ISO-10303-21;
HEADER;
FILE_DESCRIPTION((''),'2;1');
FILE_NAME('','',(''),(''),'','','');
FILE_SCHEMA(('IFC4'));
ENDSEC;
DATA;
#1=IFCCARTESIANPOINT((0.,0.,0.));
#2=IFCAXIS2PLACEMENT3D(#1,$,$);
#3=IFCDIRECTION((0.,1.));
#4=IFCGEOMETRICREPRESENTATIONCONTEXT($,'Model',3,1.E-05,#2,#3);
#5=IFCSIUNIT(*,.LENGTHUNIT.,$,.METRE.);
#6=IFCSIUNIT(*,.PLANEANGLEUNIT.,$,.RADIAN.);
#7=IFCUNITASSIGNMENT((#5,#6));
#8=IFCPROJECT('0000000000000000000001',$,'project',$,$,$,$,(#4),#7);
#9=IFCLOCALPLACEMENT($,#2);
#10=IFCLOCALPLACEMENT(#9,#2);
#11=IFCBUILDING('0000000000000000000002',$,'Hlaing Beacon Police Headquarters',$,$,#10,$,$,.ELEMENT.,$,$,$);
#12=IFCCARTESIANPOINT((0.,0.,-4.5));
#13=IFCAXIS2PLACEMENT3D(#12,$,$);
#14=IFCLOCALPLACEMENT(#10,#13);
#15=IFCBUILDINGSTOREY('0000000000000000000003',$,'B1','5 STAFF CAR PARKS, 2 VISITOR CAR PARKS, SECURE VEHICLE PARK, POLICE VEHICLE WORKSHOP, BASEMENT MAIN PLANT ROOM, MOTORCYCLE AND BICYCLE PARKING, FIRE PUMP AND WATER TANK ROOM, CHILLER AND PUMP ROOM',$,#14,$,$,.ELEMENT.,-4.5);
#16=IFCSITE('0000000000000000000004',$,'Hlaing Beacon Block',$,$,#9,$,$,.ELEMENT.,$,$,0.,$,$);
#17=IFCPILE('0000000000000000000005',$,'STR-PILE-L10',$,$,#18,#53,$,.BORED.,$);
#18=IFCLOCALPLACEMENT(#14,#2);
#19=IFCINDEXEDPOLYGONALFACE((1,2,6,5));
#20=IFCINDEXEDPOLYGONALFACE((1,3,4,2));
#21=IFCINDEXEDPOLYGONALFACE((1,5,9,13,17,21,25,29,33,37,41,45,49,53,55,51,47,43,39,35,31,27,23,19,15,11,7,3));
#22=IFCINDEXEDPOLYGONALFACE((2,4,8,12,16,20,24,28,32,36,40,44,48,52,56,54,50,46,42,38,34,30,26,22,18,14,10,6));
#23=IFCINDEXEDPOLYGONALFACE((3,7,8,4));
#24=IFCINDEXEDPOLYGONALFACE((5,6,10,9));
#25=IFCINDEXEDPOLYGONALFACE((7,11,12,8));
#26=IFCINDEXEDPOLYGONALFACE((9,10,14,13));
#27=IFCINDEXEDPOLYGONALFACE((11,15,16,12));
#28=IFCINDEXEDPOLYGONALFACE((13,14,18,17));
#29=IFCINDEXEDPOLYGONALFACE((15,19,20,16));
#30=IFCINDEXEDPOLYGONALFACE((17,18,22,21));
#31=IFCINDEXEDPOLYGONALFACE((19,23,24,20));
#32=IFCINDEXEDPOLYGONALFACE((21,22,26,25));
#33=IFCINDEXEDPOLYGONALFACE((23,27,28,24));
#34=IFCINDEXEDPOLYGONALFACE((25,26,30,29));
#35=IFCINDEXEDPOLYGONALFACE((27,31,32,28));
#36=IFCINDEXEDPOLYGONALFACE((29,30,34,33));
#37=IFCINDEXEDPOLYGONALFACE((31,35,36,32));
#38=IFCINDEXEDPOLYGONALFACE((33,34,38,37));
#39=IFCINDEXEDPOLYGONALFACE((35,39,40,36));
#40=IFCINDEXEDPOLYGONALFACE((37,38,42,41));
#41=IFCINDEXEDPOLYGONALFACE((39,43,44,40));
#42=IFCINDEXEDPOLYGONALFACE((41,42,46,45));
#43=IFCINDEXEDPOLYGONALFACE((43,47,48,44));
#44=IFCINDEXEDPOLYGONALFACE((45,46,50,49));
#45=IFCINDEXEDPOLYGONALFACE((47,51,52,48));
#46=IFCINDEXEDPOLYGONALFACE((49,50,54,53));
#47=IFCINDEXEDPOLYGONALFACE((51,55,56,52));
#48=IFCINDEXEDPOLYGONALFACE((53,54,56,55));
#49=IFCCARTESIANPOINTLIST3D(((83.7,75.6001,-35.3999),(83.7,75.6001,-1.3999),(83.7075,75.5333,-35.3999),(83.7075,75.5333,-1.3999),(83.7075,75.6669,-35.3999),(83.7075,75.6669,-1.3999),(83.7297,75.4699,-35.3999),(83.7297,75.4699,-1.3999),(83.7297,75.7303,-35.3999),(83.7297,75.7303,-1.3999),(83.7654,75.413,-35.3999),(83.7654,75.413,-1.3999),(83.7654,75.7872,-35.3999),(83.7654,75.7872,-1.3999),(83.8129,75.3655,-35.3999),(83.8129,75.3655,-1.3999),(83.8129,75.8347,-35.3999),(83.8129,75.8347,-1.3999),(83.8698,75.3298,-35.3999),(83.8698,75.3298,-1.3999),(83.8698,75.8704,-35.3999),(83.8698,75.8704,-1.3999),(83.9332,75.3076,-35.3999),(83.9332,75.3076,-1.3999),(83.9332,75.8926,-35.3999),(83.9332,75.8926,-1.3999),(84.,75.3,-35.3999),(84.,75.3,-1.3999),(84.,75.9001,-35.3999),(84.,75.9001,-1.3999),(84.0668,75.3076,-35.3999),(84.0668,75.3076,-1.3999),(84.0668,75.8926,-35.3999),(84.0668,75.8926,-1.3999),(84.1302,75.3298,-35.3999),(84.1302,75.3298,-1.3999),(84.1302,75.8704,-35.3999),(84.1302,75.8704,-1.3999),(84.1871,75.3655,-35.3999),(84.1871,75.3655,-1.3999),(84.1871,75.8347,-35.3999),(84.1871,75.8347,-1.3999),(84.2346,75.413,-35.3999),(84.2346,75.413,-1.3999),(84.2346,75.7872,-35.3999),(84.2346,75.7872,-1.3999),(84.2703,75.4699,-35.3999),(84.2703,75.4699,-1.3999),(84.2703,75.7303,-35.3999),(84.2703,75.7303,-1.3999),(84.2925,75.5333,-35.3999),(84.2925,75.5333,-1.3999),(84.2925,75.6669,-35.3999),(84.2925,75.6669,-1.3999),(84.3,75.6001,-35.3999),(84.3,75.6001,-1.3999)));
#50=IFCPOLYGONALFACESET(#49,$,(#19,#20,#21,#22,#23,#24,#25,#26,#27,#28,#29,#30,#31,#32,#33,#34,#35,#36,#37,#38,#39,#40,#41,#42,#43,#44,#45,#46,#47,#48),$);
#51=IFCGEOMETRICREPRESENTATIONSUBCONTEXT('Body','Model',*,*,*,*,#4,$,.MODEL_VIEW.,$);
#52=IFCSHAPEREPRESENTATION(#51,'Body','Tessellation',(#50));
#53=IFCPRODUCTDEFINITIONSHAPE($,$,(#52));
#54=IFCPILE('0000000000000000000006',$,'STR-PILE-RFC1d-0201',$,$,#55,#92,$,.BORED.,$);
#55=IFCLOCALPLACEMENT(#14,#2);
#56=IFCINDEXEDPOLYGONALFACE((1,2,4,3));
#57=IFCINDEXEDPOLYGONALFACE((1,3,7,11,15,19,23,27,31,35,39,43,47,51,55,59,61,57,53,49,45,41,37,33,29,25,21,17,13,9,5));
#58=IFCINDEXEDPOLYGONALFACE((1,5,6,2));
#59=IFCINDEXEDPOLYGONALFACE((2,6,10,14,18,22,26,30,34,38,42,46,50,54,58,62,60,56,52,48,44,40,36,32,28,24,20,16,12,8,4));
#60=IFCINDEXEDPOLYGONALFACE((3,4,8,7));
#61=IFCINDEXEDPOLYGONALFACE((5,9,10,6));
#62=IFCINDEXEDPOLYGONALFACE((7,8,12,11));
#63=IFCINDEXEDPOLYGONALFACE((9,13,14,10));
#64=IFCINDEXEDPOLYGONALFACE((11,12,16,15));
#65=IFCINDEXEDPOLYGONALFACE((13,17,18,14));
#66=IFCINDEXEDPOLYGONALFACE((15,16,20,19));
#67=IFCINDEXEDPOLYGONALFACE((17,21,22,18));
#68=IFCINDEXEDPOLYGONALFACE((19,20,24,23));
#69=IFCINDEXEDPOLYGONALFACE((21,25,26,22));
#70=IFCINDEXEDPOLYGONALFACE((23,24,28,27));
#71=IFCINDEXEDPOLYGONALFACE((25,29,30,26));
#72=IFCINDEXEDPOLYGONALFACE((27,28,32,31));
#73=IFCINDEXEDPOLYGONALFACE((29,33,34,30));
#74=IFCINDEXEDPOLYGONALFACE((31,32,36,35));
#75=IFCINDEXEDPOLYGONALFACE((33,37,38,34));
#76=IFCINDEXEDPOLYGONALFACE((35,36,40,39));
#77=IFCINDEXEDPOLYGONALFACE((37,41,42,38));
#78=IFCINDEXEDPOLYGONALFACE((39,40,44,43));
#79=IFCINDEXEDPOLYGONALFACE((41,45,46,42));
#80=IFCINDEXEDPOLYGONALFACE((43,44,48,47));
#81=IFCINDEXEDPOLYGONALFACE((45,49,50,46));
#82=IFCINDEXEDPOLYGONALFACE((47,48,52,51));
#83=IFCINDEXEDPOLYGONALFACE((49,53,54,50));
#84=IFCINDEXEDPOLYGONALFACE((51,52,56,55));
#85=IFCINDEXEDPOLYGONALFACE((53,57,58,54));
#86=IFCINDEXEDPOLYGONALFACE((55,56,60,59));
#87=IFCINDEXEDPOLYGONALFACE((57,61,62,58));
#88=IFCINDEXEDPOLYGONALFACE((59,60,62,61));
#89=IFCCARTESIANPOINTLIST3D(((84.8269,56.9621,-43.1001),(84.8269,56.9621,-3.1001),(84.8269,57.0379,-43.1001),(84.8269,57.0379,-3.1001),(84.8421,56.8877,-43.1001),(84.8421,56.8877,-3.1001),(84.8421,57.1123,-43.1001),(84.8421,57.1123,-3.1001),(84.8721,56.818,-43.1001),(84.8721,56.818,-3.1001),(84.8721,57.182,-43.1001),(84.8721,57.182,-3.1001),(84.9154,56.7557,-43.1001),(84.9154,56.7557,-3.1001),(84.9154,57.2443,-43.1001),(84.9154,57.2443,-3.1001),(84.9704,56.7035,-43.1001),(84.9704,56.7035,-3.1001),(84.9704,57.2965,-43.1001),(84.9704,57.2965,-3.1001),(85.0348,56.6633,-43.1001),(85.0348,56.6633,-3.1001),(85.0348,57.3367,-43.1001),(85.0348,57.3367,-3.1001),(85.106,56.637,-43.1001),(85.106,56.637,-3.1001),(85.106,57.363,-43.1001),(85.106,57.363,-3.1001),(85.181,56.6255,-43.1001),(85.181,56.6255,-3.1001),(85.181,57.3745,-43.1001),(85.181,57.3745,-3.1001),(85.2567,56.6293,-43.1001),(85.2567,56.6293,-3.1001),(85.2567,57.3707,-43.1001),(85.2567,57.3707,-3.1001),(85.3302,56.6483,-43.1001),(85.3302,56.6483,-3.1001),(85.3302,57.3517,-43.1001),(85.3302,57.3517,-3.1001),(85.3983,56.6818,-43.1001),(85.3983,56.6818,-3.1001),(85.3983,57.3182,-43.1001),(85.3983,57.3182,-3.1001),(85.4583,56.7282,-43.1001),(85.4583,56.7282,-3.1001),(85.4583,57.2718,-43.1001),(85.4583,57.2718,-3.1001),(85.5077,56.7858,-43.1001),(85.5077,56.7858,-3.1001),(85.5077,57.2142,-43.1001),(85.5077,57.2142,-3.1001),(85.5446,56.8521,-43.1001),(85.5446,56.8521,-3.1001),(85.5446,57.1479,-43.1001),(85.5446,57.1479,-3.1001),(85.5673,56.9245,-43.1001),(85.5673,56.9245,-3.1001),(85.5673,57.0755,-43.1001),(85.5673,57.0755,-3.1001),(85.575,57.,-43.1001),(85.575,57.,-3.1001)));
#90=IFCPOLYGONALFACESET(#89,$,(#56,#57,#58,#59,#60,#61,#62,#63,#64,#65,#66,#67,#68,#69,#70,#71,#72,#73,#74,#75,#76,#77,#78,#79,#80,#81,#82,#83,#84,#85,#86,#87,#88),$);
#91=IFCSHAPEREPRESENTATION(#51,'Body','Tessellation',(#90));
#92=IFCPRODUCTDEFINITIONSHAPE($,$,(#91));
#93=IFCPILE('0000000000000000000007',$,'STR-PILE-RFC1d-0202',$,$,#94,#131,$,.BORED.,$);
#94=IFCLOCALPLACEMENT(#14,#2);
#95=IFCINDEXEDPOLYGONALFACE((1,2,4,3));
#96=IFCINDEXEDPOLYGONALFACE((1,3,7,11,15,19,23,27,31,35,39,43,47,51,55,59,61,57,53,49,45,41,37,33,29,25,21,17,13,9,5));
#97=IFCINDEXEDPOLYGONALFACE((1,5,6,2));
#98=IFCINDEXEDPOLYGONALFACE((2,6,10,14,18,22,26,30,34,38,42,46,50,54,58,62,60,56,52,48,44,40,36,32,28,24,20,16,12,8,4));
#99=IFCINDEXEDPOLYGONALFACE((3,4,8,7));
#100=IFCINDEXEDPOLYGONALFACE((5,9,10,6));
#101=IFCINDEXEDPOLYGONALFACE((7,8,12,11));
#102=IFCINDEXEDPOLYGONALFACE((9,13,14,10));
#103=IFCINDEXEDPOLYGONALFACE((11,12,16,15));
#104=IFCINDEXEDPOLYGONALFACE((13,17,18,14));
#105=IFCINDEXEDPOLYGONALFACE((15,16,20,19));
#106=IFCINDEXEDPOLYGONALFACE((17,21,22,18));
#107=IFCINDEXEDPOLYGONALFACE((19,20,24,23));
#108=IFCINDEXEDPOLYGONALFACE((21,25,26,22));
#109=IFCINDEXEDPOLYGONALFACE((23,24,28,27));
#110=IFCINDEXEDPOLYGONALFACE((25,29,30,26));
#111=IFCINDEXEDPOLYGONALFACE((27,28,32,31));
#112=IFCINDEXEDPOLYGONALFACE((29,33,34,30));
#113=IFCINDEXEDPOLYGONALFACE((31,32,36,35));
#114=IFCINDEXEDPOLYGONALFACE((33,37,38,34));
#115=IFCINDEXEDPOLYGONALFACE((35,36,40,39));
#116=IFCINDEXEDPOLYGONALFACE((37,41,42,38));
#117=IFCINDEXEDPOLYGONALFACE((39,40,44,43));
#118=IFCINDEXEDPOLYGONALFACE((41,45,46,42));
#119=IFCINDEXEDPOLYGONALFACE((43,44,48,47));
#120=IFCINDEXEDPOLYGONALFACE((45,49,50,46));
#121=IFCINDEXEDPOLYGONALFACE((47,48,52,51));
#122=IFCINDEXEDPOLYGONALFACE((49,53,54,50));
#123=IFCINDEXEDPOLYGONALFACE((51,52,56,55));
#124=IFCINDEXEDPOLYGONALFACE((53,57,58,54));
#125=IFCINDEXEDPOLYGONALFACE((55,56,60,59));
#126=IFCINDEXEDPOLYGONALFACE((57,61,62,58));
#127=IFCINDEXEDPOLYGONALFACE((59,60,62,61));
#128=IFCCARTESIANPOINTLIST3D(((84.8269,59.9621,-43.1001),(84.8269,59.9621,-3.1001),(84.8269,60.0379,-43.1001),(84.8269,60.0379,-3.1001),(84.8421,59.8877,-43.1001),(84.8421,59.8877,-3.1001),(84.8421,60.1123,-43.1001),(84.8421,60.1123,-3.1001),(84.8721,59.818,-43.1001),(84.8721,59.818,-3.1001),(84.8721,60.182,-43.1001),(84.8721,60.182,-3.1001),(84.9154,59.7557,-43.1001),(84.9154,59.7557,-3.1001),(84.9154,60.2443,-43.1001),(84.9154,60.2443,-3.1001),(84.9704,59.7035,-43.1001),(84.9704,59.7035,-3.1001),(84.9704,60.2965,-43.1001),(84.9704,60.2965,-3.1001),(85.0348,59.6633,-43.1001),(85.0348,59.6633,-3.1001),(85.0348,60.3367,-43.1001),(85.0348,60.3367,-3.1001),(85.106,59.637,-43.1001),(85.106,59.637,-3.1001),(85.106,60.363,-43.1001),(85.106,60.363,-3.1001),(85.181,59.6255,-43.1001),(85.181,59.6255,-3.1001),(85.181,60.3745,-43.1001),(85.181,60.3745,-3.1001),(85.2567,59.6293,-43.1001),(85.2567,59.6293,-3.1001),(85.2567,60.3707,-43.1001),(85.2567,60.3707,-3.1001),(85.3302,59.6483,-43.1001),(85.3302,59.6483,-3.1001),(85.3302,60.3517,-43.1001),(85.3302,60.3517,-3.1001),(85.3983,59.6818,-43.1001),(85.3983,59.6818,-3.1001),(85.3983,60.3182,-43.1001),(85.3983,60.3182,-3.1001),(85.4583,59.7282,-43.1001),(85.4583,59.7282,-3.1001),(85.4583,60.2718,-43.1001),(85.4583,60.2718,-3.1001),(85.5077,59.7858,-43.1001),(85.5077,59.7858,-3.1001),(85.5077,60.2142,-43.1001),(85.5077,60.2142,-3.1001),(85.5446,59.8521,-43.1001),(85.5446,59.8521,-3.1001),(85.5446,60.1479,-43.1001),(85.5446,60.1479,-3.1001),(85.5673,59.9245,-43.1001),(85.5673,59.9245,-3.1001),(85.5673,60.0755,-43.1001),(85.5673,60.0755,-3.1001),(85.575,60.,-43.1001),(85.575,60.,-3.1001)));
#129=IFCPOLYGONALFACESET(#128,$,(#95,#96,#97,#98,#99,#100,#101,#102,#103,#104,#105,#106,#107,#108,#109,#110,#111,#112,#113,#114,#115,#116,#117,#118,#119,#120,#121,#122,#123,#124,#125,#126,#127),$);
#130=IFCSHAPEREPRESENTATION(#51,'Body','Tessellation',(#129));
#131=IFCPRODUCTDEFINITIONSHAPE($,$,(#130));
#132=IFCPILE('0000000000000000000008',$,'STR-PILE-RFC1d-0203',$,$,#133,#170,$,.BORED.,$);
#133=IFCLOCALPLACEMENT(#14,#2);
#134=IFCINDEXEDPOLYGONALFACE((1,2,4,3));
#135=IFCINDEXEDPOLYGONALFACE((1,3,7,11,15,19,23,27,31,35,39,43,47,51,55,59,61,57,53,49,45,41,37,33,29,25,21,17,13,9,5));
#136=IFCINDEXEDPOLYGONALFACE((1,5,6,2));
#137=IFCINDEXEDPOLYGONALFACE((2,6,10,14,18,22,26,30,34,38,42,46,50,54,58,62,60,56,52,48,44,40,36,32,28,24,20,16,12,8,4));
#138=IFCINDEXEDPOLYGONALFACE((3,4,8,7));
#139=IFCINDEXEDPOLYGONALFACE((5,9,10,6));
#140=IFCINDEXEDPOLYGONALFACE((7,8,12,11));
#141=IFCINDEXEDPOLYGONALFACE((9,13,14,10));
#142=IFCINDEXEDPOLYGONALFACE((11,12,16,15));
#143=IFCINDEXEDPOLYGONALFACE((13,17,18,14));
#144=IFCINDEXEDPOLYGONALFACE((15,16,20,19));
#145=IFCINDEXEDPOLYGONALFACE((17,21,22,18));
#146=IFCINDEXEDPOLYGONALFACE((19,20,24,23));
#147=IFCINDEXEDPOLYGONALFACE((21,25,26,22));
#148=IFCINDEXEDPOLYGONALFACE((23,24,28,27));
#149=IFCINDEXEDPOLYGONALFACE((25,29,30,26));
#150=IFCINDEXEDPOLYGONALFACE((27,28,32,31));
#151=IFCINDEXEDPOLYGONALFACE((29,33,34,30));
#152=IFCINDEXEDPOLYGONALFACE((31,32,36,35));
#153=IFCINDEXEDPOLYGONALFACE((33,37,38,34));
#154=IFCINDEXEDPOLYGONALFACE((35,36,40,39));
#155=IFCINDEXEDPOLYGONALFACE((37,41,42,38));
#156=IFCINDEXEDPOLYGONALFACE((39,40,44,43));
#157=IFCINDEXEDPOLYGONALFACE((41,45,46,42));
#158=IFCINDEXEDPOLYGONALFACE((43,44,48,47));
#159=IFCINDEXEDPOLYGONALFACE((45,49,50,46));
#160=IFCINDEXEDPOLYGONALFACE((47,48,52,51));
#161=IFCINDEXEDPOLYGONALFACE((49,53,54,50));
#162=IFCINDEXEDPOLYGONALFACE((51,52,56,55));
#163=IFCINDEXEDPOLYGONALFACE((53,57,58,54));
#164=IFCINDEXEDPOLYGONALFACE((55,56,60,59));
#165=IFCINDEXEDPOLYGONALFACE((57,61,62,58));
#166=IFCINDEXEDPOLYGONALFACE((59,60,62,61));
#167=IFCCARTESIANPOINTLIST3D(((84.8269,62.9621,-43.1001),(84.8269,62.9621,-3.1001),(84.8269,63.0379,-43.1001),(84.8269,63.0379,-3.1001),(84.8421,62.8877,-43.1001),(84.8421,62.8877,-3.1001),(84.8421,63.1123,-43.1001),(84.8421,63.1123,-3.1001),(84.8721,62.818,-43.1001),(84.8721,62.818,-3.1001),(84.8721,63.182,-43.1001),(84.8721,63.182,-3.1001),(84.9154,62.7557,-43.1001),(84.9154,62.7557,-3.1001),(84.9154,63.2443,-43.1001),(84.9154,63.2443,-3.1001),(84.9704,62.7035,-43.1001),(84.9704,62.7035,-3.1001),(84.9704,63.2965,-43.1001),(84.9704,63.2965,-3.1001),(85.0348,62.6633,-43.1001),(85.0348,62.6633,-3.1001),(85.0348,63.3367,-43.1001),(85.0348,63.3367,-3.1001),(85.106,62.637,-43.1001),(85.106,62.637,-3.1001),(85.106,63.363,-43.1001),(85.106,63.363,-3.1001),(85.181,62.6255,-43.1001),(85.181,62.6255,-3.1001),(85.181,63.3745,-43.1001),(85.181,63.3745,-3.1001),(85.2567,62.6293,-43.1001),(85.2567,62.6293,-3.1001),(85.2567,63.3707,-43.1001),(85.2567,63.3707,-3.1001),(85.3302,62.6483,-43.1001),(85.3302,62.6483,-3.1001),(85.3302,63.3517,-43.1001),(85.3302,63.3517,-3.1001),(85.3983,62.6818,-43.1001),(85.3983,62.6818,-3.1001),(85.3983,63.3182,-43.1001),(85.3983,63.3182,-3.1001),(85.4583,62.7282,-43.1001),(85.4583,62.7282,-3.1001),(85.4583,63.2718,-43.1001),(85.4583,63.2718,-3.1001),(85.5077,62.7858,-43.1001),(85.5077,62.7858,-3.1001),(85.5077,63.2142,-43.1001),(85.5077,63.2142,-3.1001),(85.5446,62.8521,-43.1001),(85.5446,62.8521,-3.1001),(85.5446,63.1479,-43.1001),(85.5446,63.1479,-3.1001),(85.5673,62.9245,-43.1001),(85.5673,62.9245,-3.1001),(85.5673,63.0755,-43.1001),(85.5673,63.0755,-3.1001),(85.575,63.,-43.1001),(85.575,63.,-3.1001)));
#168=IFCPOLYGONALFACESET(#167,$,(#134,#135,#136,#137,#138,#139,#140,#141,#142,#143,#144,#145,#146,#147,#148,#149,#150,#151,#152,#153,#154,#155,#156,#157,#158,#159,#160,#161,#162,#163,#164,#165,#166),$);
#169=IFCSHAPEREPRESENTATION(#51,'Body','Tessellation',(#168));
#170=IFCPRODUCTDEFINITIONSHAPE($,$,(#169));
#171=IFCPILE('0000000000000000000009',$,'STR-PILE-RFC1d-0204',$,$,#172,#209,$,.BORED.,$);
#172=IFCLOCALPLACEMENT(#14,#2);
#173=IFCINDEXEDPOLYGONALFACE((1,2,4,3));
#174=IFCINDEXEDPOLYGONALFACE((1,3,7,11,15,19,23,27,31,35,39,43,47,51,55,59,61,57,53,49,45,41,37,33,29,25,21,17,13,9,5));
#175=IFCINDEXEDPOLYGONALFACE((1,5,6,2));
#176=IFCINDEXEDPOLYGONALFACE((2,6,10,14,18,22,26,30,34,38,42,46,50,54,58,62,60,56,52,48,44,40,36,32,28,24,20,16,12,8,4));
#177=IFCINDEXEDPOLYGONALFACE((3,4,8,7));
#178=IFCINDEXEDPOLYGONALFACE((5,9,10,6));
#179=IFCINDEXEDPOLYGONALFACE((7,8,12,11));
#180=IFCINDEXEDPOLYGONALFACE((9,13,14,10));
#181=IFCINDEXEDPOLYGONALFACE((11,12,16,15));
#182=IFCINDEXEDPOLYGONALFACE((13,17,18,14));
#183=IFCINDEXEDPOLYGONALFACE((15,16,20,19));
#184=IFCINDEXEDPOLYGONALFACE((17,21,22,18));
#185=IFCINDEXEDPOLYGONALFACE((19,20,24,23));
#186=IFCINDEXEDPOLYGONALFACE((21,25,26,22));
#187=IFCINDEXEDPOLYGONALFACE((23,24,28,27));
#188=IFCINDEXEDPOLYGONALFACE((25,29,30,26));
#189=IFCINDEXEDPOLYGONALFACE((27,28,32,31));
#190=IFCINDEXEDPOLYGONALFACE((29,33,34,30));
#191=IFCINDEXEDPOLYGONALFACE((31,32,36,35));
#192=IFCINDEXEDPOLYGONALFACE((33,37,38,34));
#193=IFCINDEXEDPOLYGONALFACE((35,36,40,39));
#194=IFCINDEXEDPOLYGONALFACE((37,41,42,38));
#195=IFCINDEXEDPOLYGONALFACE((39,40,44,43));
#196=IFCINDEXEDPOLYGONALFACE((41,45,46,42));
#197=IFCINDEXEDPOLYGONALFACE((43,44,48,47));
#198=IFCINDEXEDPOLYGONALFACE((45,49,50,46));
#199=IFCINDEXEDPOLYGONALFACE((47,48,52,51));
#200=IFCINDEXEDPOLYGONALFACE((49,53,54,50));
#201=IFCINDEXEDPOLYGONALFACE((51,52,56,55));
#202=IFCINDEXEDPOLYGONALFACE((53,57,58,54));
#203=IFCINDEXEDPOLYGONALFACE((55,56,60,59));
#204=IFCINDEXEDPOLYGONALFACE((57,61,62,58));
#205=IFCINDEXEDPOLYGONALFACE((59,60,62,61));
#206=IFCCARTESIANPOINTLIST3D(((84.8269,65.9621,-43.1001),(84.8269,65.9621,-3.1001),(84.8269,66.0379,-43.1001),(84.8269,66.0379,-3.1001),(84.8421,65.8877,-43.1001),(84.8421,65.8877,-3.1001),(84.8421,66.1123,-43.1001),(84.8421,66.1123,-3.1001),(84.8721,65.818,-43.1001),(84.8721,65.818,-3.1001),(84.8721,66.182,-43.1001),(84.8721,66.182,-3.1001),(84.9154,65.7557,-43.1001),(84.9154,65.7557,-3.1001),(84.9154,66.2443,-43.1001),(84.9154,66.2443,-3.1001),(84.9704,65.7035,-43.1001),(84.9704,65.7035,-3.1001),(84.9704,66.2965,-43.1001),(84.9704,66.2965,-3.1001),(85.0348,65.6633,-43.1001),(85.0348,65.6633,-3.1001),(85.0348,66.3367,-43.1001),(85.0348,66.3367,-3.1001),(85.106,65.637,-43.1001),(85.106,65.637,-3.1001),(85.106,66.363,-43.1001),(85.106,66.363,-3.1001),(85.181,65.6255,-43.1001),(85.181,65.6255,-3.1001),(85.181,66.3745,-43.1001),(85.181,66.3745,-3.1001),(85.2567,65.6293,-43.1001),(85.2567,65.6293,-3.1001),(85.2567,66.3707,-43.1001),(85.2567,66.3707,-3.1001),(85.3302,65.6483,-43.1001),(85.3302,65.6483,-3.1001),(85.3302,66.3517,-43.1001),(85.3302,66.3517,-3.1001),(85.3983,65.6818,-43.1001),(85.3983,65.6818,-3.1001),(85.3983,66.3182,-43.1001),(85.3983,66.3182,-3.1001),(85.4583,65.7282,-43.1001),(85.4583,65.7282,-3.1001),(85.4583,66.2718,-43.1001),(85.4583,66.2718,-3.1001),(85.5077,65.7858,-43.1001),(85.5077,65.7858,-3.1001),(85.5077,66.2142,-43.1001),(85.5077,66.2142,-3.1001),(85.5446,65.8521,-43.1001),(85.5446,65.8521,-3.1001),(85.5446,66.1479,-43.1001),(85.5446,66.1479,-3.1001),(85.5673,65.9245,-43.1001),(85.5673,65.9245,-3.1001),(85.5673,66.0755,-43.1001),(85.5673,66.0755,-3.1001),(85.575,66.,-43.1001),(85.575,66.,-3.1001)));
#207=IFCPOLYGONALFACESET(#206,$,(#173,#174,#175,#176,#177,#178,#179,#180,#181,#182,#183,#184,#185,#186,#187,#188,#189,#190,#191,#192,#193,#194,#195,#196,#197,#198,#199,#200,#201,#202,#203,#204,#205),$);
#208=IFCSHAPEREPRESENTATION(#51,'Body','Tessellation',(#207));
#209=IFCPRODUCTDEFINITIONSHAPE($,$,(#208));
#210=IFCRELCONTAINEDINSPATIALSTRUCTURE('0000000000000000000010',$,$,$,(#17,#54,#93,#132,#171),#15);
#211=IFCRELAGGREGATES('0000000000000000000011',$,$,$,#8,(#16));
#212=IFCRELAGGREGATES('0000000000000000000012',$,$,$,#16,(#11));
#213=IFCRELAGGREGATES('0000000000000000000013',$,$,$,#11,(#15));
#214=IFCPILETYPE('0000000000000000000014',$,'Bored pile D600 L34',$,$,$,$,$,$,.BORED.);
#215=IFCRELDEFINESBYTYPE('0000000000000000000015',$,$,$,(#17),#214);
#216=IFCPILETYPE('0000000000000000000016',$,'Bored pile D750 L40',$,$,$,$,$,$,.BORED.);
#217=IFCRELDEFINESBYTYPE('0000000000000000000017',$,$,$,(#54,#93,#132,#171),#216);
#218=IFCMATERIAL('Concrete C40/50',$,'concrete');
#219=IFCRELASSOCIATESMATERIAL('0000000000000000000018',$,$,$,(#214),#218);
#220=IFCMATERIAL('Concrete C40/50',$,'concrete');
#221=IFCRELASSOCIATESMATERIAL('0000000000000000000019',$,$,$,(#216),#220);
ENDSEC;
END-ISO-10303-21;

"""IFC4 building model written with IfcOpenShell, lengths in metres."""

from ifc_helpers import new_model, si_unit, direction, frame, origin, origin_2d, place, context, subcontext, project, spatial, circle, extrude, material, material_profile, profile_set, type_object, element, save


model = new_model("IFC4")

# Units and contexts
model_context = context("Model", 3, precision=1e-05, world=origin(), true_north=direction((0.0, 1.0)))
body_context = subcontext(model_context, "Body", "Model", "MODEL_VIEW")
ifc_project = project(units=[si_unit("LENGTHUNIT", "METRE"), si_unit("PLANEANGLEUNIT", "RADIAN")], contexts=[model_context])

# Site, building, storey
site_placement = place(None, origin())
site = spatial("IfcSite", under=ifc_project, at=site_placement, Name="Hlaing Beacon Block", CompositionType="ELEMENT", RefElevation=0.0)
building_placement = place(site_placement, origin())
building = spatial("IfcBuilding", under=site, at=building_placement, Name="Hlaing Beacon Police Headquarters", CompositionType="ELEMENT")
storey_placement = place(building_placement, frame((0.0, 0.0, -4.5)))
storey = spatial("IfcBuildingStorey", under=building, at=storey_placement, Name="B1", Description="5 STAFF CAR PARKS, 2 VISITOR CAR PARKS, SECURE VEHICLE PARK, POLICE VEHICLE WORKSHOP, BASEMENT MAIN PLANT ROOM, MOTORCYCLE AND BICYCLE PARKING, FIRE PUMP AND WATER TANK ROOM, CHILLER AND PUMP ROOM", CompositionType="ELEMENT", Elevation=-4.5)

# Piles
ifc_material_1 = material(Name="Concrete C40/50", Category="concrete")
ifc_material_profile_1 = material_profile(ifc_material_1, circle(Radius=0.3, at=origin_2d()), Name="D600")
ifc_profile_set_1 = profile_set([ifc_material_profile_1], Name="Concrete C40/50")
pile_type_1 = type_object("IfcPileType", Name="Bored pile D600 L34", PredefinedType="BORED", material=ifc_profile_set_1)
pile_placement = place(storey_placement, frame((84.0, 75.6001, -1.3999), z_axis=(0.0, 0.0, -1.0), x_axis=(1.0, 0.0, 0.0)))
element("IfcPile", 1, at=pile_placement, inside=storey, type_object=pile_type_1, Name="STR-PILE-L10", PredefinedType="BORED", context=body_context, shape_type="SweptSolid", body=[
    extrude(circle(Radius=0.3, at=origin_2d()), origin(), (0.0, 0.0, 1.0), 34.0),
])
ifc_material_2 = material(Name="Concrete C40/50", Category="concrete")
ifc_material_profile_2 = material_profile(ifc_material_2, circle(Radius=0.375, at=origin_2d()), Name="D750")
ifc_profile_set_2 = profile_set([ifc_material_profile_2], Name="Concrete C40/50")
pile_type_2 = type_object("IfcPileType", Name="Bored pile D750 L40", PredefinedType="BORED", material=ifc_profile_set_2)
for number, where, z_axis, x_axis, name in (
    (2, (85.2, 57.0, -3.1001), (0.0, 0.0, -1.0), (1.0, 0.0, 0.0), "STR-PILE-RFC1d-0201"),
    (3, (85.2, 60.0, -3.1001), (0.0, 0.0, -1.0), (1.0, 0.0, 0.0), "STR-PILE-RFC1d-0202"),
    (4, (85.2, 63.0, -3.1001), (0.0, 0.0, -1.0), (1.0, 0.0, 0.0), "STR-PILE-RFC1d-0203"),
    (5, (85.2, 66.0, -3.1001), (0.0, 0.0, -1.0), (1.0, 0.0, 0.0), "STR-PILE-RFC1d-0204"),
):
    element("IfcPile", number, at=place(storey_placement, frame(where, z_axis=z_axis, x_axis=x_axis)), inside=storey, type_object=pile_type_2, Name=name, PredefinedType="BORED", context=body_context, shape_type="SweptSolid", body=[
        extrude(circle(Radius=0.375, at=origin_2d()), origin(), (0.0, 0.0, 1.0), 40.0),
    ])

save(model, "model.ifc")
